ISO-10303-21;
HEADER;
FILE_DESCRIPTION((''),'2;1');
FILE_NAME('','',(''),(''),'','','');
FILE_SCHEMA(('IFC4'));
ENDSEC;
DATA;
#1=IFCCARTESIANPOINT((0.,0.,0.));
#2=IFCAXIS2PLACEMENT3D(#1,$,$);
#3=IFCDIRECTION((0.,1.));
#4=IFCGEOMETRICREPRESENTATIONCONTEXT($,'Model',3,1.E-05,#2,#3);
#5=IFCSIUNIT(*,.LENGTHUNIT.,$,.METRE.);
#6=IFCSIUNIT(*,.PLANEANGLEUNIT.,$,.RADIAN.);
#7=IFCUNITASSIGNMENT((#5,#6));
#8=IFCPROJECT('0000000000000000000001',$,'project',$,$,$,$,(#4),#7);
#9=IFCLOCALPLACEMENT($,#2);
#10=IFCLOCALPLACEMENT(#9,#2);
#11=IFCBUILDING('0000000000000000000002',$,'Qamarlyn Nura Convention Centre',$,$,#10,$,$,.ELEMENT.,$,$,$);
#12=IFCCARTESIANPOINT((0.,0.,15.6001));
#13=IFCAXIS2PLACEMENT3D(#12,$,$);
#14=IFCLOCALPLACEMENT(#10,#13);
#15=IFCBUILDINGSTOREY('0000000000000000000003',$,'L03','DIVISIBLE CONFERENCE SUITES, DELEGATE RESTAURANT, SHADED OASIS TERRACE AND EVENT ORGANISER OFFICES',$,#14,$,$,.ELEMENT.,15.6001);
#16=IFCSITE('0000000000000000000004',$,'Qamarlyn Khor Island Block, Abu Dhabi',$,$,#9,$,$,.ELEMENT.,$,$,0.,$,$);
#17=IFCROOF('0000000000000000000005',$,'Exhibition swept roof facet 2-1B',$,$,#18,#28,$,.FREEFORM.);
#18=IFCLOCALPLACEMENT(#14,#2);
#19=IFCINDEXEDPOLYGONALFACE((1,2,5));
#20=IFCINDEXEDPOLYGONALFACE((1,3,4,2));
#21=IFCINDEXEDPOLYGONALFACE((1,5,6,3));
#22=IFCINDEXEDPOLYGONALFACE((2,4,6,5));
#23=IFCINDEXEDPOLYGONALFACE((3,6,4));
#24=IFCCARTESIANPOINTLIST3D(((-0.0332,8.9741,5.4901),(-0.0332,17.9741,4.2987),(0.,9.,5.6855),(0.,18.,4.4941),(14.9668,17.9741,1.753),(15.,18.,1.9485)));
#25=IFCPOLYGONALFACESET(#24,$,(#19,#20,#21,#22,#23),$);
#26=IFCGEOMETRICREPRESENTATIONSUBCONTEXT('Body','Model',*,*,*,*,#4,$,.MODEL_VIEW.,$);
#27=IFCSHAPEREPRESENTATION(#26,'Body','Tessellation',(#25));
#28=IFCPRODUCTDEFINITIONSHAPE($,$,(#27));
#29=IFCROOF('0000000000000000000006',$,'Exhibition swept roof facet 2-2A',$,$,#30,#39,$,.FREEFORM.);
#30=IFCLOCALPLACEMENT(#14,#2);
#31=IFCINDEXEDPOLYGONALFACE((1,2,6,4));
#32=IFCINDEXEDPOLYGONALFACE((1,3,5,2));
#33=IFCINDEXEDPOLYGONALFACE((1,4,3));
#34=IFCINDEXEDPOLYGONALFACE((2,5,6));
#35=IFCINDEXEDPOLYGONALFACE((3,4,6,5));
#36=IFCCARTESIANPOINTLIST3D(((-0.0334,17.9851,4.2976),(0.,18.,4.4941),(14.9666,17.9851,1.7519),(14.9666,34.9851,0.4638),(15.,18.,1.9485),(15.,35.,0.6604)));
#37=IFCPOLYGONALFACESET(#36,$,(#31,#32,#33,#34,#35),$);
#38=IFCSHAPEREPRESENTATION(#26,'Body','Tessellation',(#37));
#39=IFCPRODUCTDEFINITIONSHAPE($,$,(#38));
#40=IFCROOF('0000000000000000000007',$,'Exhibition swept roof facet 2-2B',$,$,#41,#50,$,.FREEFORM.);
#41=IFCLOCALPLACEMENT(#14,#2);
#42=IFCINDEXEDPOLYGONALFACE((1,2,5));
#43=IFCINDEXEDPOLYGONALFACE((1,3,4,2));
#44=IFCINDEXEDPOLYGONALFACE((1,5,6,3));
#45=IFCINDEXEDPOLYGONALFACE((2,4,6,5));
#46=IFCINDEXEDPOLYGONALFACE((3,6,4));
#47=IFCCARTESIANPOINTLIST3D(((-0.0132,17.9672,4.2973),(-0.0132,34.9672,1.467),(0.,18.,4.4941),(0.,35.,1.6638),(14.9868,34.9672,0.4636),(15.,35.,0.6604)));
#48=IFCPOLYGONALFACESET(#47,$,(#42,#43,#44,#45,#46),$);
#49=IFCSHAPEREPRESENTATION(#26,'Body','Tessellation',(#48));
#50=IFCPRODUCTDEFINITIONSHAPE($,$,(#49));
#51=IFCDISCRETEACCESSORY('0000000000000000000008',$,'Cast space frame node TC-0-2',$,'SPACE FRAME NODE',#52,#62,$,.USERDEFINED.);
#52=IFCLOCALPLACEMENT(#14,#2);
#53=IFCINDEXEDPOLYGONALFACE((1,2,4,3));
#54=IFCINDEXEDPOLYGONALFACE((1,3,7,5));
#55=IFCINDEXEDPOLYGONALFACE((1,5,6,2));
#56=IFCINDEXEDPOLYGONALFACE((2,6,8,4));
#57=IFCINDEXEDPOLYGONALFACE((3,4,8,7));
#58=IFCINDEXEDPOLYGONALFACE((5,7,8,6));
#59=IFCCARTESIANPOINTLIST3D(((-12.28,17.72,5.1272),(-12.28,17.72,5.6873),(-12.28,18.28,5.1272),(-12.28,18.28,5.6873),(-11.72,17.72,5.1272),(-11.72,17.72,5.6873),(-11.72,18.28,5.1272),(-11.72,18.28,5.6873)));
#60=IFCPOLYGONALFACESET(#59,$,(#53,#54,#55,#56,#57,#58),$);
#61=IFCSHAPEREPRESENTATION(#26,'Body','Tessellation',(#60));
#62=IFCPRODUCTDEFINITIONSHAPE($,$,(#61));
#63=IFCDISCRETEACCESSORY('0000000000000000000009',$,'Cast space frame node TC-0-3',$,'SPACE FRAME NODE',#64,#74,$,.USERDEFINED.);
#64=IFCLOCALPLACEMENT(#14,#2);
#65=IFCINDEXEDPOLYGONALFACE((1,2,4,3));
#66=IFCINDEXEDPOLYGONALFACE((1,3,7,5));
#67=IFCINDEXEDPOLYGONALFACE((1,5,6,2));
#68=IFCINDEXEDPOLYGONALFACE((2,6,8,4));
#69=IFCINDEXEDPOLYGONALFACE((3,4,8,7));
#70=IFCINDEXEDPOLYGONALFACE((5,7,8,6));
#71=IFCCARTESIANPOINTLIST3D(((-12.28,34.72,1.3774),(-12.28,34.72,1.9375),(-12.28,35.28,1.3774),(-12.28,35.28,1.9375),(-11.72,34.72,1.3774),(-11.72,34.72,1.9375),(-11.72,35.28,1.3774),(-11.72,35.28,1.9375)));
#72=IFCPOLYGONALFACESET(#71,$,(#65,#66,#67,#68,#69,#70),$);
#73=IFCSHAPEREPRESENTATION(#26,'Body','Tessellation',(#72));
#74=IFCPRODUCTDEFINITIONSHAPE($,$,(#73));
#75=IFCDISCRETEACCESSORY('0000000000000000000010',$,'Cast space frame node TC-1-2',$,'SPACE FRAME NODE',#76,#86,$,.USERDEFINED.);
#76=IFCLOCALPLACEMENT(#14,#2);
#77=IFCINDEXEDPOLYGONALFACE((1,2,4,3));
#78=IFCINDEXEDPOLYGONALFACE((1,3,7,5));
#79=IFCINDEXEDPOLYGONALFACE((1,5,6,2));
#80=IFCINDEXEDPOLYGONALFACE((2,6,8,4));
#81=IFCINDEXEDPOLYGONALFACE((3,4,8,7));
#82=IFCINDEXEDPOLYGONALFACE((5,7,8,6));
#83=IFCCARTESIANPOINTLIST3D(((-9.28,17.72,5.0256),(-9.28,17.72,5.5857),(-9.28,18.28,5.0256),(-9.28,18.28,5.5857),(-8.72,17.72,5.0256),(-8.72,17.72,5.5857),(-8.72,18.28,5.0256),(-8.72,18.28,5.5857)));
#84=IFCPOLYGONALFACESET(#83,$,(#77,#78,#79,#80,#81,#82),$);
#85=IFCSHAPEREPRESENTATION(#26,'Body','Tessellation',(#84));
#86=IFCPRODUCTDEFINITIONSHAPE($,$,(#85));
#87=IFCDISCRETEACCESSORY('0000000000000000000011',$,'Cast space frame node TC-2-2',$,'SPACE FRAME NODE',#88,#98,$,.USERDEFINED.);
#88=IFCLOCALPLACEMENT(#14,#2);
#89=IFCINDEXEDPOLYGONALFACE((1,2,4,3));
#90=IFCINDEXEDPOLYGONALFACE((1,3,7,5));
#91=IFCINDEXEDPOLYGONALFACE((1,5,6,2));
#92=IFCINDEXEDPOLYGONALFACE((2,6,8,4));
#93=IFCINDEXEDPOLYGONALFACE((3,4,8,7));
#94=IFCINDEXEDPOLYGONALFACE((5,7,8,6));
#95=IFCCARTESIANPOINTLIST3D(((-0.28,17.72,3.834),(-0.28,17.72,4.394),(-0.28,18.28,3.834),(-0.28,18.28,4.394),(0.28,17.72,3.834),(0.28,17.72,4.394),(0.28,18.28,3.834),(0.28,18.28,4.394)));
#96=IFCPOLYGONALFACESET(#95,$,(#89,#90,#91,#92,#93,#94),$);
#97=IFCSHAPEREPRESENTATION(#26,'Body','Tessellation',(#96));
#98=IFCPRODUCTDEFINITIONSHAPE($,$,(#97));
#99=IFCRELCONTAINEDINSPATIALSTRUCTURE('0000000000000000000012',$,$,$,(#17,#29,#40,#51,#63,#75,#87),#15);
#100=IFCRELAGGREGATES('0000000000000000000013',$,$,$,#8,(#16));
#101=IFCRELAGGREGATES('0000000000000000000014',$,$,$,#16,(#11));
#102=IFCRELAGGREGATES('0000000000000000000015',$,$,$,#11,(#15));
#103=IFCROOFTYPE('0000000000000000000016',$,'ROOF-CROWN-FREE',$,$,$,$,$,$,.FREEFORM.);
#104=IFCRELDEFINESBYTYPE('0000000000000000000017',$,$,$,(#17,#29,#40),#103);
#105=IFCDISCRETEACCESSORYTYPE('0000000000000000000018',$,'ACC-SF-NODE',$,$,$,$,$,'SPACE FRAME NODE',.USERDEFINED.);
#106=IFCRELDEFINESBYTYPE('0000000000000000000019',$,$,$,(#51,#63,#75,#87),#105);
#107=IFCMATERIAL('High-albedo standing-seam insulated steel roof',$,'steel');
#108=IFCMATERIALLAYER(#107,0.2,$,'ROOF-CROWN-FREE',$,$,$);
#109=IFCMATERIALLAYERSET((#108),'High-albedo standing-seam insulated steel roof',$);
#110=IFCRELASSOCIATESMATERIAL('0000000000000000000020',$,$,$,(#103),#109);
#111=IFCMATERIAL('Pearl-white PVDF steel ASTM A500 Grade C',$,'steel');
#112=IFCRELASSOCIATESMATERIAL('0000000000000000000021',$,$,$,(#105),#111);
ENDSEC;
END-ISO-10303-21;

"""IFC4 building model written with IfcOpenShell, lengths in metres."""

from ifc_helpers import new_model, si_unit, direction, frame, origin, origin_2d, place, context, subcontext, project, spatial, polyline, rectangle, outline, extrude, material, layer, layer_set, type_object, element, save


model = new_model("IFC4")

# Units and contexts
model_context = context("Model", 3, precision=1e-05, world=origin(), true_north=direction((0.0, 1.0)))
body_context = subcontext(model_context, "Body", "Model", "MODEL_VIEW")
ifc_project = project(units=[si_unit("LENGTHUNIT", "METRE"), si_unit("PLANEANGLEUNIT", "RADIAN")], contexts=[model_context])

# Site, building, storey
site_placement = place(None, origin())
site = spatial("IfcSite", under=ifc_project, at=site_placement, Name="Qamarlyn Khor Island Block, Abu Dhabi", CompositionType="ELEMENT", RefElevation=0.0)
building_placement = place(site_placement, origin())
building = spatial("IfcBuilding", under=site, at=building_placement, Name="Qamarlyn Nura Convention Centre", CompositionType="ELEMENT")
storey_placement = place(building_placement, frame((0.0, 0.0, 15.6001)))
storey = spatial("IfcBuildingStorey", under=building, at=storey_placement, Name="L03", Description="DIVISIBLE CONFERENCE SUITES, DELEGATE RESTAURANT, SHADED OASIS TERRACE AND EVENT ORGANISER OFFICES", CompositionType="ELEMENT", Elevation=15.6001)

# Shared definitions
ifc_material_1 = material(Name="Pearl-white PVDF steel ASTM A500 Grade C", Category="steel")

# Roofs
ifc_material_2 = material(Name="High-albedo standing-seam insulated steel roof", Category="steel")
ifc_layer = layer(ifc_material_2, 0.2, Name="ROOF-CROWN-FREE")
ifc_layer_set = layer_set([ifc_layer], Name="High-albedo standing-seam insulated steel roof")
roof_type = type_object("IfcRoofType", Name="ROOF-CROWN-FREE", PredefinedType="FREEFORM", material=ifc_layer_set)
roof_1_placement = place(storey_placement, frame((0.0, 9.0, 5.6855), z_axis=(0.165911, 0.129415, 0.977612), x_axis=(0.838571, 0.503142, -0.208919)))
element("IfcRoof", 1, at=roof_1_placement, inside=storey, type_object=roof_type, Name="Exhibition swept roof facet 2-1B", PredefinedType="FREEFORM", context=body_context, shape_type="SweptSolid", body=[
    extrude(outline(polyline([(0.0, 0.0), (17.8876, 0.0), (4.7772, 7.72), (0.0, 0.0)])), origin(), (0.0, 0.0, -1.0), 0.2),
])
roof_2_placement = place(storey_placement, frame((0.0, 18.0, 4.4941), z_axis=(0.166853, 0.074494, 0.983164), x_axis=(0.985903, 0.0, -0.167318)))
element("IfcRoof", 2, at=roof_2_placement, inside=storey, type_object=roof_type, Name="Exhibition swept roof facet 2-2A", PredefinedType="FREEFORM", context=body_context, shape_type="SweptSolid", body=[
    extrude(outline(polyline([(0.0, 0.0), (15.2145, 0.0), (15.43, 17.0474), (0.0, 0.0)])), origin(), (0.0, 0.0, -1.0), 0.2),
])
roof_3_placement = place(storey_placement, frame((0.0, 18.0, 4.4941), z_axis=(0.065843, 0.163873, 0.984282), x_axis=(0.65236, 0.739342, -0.166732)))
element("IfcRoof", 3, at=roof_3_placement, inside=storey, type_object=roof_type, Name="Exhibition swept roof facet 2-2B", PredefinedType="FREEFORM", context=body_context, shape_type="SweptSolid", body=[
    extrude(outline(polyline([(0.0, 0.0), (22.9934, 0.0), (13.0407, 11.2672), (0.0, 0.0)])), origin(), (0.0, 0.0, -1.0), 0.2),
])

# Discrete accessories
discrete_accessory_type = type_object("IfcDiscreteAccessoryType", Name="ACC-SF-NODE", ElementType="SPACE FRAME NODE", PredefinedType="USERDEFINED", material=ifc_material_1)
for number, where, z_axis, x_axis, name in (
    (4, (-12.0, 18.0, 5.1272), (0.0, 0.0, 1.0), (1.0, 0.0, 0.0), "Cast space frame node TC-0-2"),
    (5, (-12.0, 35.0, 1.3774), (0.0, 0.0, 1.0), (1.0, 0.0, 0.0), "Cast space frame node TC-0-3"),
    (6, (-9.0, 18.0, 5.0256), (0.0, 0.0, 1.0), (1.0, 0.0, 0.0), "Cast space frame node TC-1-2"),
    (7, (0.0, 18.0, 3.834), (0.0, 0.0, 1.0), (1.0, 0.0, 0.0), "Cast space frame node TC-2-2"),
):
    element("IfcDiscreteAccessory", number, at=place(storey_placement, frame(where, z_axis=z_axis, x_axis=x_axis)), inside=storey, type_object=discrete_accessory_type, Name=name, ObjectType="SPACE FRAME NODE", PredefinedType="USERDEFINED", context=body_context, shape_type="SweptSolid", body=[
        extrude(rectangle(XDim=0.5601, YDim=0.5601, at=origin_2d()), origin(), (0.0, 0.0, 1.0), 0.5601),
    ])

save(model, "model.ifc")
